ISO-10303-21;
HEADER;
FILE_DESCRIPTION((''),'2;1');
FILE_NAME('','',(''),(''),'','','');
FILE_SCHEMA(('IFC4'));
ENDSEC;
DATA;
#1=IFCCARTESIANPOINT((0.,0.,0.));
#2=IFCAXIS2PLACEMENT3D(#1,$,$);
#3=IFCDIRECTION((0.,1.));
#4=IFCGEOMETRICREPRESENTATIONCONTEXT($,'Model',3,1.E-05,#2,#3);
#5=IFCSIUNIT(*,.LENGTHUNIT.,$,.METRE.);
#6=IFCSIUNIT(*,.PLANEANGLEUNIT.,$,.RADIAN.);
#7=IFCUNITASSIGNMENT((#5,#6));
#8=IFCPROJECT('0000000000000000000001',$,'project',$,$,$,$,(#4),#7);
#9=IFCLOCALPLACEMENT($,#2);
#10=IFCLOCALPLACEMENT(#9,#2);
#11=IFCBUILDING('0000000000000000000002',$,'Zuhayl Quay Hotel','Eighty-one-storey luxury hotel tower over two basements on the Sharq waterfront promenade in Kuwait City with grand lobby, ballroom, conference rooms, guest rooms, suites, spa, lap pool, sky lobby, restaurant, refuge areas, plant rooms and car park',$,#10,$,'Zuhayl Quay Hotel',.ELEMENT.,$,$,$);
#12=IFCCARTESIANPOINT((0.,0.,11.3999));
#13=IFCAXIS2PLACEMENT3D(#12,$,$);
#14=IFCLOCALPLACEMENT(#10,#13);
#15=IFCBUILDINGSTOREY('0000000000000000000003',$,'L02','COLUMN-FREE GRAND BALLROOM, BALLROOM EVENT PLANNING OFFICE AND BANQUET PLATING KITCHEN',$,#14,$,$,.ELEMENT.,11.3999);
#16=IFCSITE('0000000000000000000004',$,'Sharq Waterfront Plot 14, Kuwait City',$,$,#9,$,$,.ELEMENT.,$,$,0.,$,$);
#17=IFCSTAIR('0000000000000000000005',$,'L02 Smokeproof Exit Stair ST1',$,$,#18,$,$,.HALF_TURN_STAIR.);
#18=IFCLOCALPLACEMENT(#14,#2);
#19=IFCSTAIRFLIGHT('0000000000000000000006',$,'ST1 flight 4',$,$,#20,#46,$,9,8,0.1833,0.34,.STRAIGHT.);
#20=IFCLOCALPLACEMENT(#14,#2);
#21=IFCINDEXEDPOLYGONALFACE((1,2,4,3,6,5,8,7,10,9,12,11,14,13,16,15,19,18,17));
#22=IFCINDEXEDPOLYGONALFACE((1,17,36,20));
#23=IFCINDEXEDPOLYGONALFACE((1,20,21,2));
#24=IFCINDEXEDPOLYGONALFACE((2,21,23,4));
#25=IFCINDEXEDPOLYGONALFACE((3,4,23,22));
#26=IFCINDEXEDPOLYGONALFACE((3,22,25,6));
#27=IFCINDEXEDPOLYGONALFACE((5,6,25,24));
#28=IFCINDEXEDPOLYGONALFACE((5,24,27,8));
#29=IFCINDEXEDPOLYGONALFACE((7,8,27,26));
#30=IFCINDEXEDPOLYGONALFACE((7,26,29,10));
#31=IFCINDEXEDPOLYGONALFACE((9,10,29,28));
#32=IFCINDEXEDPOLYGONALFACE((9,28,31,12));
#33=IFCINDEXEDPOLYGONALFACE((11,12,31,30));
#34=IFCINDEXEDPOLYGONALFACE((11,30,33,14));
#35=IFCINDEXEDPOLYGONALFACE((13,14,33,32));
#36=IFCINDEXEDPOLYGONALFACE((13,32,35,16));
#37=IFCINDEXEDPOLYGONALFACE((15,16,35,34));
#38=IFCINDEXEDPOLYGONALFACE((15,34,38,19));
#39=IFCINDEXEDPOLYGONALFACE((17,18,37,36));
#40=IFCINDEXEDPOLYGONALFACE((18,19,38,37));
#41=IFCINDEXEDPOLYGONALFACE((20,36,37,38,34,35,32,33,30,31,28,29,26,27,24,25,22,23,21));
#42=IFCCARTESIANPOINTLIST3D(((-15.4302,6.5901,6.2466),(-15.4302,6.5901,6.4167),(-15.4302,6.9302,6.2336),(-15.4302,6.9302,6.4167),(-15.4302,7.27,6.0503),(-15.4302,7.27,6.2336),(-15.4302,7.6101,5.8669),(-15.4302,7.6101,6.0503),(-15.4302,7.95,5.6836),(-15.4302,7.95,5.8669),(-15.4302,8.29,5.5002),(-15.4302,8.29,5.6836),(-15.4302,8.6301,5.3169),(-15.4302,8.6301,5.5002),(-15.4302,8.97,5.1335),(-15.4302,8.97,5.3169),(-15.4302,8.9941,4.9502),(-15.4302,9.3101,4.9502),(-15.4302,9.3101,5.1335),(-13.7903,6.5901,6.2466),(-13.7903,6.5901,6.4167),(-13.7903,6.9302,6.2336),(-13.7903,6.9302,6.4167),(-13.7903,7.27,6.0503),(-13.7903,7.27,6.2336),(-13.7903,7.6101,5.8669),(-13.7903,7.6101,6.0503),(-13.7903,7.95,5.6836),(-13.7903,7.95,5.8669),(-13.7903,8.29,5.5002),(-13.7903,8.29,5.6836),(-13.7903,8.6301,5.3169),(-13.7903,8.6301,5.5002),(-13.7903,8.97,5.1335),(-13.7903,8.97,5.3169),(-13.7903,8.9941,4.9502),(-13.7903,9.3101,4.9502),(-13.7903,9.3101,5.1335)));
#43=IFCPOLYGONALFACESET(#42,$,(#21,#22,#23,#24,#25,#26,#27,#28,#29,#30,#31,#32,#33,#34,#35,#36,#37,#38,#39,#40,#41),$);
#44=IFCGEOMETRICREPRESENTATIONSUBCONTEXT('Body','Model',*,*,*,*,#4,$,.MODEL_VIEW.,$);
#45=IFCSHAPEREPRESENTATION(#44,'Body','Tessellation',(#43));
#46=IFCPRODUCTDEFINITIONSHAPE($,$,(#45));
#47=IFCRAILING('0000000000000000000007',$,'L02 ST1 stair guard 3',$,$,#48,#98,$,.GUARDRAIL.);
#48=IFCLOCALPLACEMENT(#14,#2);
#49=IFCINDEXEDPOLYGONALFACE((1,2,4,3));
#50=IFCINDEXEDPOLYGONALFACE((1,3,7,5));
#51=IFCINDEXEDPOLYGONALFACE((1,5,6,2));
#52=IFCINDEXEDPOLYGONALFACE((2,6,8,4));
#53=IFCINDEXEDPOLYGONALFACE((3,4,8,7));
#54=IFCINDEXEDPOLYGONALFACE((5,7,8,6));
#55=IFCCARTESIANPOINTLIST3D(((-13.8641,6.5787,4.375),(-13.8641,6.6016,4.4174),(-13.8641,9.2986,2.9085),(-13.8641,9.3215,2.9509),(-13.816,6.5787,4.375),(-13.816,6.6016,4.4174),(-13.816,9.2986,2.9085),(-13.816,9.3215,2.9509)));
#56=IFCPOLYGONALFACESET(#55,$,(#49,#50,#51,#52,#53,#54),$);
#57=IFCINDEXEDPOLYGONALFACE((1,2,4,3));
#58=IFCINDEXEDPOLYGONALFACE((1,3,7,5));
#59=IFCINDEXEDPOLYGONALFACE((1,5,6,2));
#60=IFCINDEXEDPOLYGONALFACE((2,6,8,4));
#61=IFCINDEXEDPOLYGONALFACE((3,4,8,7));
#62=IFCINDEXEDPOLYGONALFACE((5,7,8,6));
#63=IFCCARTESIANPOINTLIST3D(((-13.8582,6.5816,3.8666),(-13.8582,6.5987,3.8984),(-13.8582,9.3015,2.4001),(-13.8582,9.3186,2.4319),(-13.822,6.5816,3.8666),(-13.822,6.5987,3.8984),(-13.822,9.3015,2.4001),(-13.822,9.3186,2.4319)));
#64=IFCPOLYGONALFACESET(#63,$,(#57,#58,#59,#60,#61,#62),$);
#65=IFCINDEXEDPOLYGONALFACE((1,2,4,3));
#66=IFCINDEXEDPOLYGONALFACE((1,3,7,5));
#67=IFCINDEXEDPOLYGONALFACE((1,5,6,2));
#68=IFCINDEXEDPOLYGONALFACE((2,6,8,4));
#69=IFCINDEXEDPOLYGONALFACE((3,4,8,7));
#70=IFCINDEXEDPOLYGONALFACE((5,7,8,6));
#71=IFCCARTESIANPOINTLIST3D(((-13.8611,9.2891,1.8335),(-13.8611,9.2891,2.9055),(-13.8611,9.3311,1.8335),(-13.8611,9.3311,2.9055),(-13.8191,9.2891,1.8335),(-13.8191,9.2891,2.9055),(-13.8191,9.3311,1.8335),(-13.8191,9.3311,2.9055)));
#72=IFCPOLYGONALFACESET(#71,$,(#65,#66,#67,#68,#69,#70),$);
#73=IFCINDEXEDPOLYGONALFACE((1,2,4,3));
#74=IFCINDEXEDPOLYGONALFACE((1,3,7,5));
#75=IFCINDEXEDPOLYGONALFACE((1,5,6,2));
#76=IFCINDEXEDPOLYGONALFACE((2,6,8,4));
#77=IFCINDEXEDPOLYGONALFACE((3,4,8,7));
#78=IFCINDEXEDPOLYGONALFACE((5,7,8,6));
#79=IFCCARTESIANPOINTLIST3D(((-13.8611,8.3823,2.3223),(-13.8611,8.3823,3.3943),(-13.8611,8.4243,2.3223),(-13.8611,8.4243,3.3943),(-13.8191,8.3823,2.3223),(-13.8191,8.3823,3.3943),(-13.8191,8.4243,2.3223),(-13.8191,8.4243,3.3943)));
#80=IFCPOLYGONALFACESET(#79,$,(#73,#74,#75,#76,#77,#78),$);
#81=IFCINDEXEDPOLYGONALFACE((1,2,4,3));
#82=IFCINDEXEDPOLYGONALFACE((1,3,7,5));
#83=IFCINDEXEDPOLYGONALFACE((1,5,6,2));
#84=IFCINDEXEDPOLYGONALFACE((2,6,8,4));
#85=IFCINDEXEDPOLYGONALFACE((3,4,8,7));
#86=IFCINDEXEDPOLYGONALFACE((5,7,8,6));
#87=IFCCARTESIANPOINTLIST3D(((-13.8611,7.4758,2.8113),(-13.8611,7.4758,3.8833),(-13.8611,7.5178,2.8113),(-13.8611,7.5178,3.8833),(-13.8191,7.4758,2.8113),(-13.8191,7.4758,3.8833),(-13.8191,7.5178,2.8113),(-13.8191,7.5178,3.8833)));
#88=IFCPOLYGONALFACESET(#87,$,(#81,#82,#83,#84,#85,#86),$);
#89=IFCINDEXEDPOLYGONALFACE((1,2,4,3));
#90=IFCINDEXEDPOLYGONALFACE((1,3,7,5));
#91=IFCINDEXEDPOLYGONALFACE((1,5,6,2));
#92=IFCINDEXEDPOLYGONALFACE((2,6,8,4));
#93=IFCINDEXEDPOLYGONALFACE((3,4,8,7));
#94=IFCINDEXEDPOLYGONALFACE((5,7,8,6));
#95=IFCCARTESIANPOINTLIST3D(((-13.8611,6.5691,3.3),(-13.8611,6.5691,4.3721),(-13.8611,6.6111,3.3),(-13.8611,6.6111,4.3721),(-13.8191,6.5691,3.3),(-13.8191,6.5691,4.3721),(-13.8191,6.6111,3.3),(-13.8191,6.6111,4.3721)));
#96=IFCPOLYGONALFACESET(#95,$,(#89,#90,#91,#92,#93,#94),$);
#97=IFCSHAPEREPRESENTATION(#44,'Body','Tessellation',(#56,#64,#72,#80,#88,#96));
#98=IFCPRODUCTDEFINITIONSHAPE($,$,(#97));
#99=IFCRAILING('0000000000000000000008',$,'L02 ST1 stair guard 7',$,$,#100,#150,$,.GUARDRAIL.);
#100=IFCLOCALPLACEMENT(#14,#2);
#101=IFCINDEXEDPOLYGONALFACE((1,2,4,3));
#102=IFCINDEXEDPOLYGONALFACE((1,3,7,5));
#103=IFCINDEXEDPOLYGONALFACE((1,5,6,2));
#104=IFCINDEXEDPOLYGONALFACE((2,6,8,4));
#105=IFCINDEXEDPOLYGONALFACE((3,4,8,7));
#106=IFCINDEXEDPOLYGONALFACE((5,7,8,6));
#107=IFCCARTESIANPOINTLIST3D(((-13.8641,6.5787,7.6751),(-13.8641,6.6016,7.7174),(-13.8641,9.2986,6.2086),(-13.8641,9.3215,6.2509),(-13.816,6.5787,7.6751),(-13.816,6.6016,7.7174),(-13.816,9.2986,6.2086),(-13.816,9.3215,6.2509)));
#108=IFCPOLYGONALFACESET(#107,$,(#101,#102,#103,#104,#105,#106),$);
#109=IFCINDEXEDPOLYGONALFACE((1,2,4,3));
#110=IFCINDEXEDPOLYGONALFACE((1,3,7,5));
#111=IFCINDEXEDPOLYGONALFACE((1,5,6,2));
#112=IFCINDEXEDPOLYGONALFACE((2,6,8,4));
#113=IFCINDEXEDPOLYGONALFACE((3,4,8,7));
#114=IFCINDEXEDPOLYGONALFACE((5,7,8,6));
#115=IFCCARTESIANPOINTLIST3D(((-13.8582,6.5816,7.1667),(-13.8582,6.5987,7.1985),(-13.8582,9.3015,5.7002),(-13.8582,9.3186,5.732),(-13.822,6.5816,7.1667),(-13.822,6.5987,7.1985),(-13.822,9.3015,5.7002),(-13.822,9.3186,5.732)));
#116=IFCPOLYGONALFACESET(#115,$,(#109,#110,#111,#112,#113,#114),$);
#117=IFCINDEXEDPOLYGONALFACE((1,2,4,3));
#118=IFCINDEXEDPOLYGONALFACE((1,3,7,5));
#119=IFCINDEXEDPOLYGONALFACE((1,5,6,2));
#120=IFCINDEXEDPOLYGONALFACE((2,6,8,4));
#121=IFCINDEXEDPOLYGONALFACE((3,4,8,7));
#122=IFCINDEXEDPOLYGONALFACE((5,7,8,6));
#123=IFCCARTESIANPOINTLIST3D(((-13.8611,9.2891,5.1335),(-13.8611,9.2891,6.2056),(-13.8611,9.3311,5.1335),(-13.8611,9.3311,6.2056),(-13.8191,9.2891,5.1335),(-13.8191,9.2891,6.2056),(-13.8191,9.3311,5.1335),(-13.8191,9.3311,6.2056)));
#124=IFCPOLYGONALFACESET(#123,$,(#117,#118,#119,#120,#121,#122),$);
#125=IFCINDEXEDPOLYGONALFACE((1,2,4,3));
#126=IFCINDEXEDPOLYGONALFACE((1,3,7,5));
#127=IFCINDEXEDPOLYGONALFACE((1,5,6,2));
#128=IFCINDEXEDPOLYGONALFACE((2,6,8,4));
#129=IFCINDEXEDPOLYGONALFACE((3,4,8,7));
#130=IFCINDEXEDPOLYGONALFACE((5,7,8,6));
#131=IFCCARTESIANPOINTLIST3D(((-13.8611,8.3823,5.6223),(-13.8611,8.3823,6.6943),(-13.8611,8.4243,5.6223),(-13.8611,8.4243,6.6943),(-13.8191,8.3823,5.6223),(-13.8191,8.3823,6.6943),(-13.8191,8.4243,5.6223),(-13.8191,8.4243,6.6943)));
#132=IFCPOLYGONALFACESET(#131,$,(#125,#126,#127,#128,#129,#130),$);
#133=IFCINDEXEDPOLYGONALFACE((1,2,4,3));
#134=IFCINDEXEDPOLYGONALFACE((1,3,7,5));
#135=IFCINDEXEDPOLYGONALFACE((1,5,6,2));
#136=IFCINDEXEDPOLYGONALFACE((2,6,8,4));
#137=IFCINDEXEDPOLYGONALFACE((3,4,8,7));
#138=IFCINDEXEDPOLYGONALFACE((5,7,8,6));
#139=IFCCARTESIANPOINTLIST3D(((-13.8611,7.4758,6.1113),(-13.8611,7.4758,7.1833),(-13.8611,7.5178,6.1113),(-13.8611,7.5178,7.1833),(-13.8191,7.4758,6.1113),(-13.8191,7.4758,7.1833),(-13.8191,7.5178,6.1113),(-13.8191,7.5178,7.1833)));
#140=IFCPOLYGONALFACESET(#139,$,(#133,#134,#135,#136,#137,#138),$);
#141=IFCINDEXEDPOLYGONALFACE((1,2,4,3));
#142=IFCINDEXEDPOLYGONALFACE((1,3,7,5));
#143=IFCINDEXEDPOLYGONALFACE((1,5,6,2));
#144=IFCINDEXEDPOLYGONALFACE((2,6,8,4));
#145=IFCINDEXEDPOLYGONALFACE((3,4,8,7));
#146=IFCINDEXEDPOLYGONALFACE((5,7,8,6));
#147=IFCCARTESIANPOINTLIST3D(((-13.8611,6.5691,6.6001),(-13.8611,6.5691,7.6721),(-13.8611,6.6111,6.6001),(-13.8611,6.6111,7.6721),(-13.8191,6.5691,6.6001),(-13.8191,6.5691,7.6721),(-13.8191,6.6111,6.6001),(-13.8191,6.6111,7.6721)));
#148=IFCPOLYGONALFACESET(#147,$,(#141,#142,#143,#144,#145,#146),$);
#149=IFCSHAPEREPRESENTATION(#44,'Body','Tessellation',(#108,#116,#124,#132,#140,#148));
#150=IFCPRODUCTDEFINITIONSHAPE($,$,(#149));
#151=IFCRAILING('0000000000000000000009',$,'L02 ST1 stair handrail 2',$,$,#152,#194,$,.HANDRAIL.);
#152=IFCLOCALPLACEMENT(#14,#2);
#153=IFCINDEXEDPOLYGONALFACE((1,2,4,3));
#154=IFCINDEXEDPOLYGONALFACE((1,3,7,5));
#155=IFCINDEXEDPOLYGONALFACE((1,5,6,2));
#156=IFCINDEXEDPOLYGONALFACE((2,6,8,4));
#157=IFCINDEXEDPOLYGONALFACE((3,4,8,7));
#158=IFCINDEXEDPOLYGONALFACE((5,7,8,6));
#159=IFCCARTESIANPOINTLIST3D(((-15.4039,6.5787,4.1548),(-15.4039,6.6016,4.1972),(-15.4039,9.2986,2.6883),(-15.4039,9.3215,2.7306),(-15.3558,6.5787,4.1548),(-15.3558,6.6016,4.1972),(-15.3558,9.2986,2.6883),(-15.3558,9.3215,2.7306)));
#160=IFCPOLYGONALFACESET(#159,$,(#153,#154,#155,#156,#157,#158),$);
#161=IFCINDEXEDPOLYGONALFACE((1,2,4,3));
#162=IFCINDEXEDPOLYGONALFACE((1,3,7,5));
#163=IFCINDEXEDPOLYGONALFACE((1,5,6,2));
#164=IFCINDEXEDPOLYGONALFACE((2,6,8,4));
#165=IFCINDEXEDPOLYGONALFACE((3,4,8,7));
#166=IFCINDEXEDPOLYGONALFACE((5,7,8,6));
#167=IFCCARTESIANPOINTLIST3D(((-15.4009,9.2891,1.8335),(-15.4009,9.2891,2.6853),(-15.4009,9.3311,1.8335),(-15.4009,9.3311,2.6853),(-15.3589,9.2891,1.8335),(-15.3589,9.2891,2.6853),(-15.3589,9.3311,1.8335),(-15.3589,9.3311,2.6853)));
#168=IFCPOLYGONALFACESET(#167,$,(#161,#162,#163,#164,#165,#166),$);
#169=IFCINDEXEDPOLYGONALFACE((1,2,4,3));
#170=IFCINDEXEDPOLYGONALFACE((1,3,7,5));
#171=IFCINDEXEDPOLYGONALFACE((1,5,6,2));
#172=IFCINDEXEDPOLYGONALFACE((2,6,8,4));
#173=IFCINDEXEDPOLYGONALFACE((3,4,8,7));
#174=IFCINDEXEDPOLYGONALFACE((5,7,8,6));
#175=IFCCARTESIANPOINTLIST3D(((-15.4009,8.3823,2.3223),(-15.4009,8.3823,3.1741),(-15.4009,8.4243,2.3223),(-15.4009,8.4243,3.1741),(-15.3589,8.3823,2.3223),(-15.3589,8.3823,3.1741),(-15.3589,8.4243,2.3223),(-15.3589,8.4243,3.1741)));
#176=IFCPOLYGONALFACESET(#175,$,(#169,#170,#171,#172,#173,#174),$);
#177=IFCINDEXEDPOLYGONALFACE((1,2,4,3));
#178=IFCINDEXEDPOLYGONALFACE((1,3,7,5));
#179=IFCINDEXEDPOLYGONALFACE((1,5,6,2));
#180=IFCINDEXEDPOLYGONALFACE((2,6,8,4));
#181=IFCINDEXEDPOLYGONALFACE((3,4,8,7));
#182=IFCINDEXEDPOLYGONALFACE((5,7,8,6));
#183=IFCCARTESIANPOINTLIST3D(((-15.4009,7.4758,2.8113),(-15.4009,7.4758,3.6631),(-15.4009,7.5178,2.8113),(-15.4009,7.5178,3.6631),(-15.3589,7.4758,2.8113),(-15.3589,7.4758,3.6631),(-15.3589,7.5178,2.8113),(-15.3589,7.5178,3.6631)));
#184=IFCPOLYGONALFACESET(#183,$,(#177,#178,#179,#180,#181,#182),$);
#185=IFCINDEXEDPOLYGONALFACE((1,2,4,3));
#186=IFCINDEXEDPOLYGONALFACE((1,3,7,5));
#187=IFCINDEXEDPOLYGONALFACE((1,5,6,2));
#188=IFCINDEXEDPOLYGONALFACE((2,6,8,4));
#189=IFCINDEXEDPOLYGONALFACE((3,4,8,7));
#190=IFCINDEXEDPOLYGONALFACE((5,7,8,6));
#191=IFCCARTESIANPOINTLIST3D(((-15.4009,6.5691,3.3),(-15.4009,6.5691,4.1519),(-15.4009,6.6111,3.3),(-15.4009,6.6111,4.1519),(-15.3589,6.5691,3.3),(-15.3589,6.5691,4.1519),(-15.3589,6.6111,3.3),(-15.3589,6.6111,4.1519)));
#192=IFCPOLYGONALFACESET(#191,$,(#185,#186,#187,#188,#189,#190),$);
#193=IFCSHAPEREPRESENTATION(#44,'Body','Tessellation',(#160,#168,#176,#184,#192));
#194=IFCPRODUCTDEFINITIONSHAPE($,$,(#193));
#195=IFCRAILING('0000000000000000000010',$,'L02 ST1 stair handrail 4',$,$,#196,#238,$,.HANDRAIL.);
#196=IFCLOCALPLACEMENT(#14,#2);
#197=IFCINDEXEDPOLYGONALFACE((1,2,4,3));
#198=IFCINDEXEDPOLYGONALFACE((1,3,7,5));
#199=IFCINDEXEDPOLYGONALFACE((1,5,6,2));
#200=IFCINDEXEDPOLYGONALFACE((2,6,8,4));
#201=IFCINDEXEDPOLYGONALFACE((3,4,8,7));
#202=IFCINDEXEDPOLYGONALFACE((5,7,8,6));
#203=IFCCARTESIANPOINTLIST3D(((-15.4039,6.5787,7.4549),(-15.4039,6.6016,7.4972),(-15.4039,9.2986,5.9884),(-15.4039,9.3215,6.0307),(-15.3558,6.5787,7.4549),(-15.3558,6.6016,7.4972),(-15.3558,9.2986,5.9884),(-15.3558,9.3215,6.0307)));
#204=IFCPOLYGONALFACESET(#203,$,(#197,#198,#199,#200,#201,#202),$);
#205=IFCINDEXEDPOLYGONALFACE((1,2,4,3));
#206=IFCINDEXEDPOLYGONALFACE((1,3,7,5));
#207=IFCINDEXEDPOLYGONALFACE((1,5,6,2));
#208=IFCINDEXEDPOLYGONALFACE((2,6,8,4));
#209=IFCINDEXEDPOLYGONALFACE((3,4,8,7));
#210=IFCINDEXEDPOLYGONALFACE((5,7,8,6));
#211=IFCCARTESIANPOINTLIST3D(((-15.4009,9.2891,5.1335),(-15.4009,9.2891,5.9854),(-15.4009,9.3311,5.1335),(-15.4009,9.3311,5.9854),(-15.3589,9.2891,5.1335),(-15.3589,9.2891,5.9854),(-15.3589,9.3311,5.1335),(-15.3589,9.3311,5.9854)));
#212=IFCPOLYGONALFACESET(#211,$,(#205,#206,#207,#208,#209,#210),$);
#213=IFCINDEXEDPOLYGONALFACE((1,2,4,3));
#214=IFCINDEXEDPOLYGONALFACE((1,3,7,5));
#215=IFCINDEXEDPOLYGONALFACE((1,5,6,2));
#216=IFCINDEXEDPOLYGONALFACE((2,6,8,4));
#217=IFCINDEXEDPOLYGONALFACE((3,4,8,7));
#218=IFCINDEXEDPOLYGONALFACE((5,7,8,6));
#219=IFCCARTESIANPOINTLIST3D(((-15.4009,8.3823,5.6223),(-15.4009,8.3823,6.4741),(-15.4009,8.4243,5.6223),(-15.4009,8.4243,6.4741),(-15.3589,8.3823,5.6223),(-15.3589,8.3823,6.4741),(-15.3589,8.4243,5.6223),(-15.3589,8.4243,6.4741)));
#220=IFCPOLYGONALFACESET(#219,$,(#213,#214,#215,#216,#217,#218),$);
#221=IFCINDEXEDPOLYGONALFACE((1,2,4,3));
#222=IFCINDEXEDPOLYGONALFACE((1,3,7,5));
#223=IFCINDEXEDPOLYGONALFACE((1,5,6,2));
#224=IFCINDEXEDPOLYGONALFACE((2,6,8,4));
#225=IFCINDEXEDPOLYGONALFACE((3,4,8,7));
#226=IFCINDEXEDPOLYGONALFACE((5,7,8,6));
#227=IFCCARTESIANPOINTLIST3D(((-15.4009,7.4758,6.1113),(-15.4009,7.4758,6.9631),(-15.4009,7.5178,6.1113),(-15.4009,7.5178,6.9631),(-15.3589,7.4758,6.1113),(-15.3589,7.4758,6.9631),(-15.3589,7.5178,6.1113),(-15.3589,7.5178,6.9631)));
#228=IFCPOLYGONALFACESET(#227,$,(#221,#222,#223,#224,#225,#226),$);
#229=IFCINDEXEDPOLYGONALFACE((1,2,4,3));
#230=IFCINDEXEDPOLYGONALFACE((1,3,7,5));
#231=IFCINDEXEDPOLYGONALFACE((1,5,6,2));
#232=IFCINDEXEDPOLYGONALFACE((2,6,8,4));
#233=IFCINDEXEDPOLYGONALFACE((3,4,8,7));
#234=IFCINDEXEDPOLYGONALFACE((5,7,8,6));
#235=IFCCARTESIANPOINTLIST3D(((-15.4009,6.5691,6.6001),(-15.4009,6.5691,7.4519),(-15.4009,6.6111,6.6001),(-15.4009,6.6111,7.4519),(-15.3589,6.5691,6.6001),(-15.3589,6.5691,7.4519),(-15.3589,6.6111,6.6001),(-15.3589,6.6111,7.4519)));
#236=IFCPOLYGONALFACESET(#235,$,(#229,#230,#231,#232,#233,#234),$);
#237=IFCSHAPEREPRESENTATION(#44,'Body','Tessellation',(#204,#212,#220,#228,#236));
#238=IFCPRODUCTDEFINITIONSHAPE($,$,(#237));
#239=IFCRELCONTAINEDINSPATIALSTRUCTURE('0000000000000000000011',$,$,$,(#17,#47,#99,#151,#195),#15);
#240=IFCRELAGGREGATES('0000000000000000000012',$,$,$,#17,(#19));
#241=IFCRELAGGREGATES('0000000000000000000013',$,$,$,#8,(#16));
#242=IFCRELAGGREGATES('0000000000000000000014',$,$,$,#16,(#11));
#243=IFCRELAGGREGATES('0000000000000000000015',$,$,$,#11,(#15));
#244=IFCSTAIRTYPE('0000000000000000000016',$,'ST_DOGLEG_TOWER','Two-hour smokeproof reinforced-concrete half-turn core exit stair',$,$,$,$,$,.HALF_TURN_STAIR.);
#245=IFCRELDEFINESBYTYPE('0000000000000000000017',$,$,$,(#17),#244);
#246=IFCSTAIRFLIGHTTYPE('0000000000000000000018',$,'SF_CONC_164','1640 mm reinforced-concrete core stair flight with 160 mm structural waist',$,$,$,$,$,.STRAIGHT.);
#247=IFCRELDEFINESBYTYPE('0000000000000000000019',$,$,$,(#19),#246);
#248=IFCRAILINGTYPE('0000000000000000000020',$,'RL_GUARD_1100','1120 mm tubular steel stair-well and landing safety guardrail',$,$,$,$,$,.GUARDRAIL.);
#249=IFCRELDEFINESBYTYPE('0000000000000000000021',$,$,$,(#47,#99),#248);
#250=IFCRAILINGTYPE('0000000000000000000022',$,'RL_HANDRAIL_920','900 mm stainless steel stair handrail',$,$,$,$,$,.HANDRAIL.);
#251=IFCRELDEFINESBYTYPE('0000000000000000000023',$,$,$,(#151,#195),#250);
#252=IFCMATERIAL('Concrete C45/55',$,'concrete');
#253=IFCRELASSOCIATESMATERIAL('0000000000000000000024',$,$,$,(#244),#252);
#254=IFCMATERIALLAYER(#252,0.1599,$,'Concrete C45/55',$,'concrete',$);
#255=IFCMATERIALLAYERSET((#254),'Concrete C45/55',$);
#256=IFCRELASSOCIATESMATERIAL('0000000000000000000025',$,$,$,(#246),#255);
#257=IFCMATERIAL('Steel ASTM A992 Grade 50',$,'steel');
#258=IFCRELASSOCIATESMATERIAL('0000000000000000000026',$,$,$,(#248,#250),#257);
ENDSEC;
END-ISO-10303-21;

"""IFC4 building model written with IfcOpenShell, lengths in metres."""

from ifc_helpers import new_model, si_unit, direction, frame, origin, origin_2d, place, context, subcontext, project, spatial, polyline, rectangle, outline, extrude, material, layer, layer_set, type_object, element, aggregate, save


model = new_model("IFC4")

# Units and contexts
model_context = context("Model", 3, precision=1e-05, world=origin(), true_north=direction((0.0, 1.0)))
body_context = subcontext(model_context, "Body", "Model", "MODEL_VIEW")
ifc_project = project(units=[si_unit("LENGTHUNIT", "METRE"), si_unit("PLANEANGLEUNIT", "RADIAN")], contexts=[model_context])

# Site, building, storey
site_placement = place(None, origin())
site = spatial("IfcSite", under=ifc_project, at=site_placement, Name="Sharq Waterfront Plot 14, Kuwait City", CompositionType="ELEMENT", RefElevation=0.0)
building_placement = place(site_placement, origin())
building = spatial("IfcBuilding", under=site, at=building_placement, Name="Zuhayl Quay Hotel", Description="Eighty-one-storey luxury hotel tower over two basements on the Sharq waterfront promenade in Kuwait City with grand lobby, ballroom, conference rooms, guest rooms, suites, spa, lap pool, sky lobby, restaurant, refuge areas, plant rooms and car park", LongName="Zuhayl Quay Hotel", CompositionType="ELEMENT")
storey_placement = place(building_placement, frame((0.0, 0.0, 11.3999)))
storey = spatial("IfcBuildingStorey", under=building, at=storey_placement, Name="L02", Description="COLUMN-FREE GRAND BALLROOM, BALLROOM EVENT PLANNING OFFICE AND BANQUET PLATING KITCHEN", CompositionType="ELEMENT", Elevation=11.3999)

# Shared definitions
ifc_material_1 = material(Name="Steel ASTM A992 Grade 50", Category="steel")

# Stair, stair flight
ifc_material_2 = material(Name="Concrete C45/55", Category="concrete")
stair_type = type_object("IfcStairType", Name="ST_DOGLEG_TOWER", Description="Two-hour smokeproof reinforced-concrete half-turn core exit stair", PredefinedType="HALF_TURN_STAIR", material=ifc_material_2)
stair_placement = place(storey_placement, origin())
stair = element("IfcStair", 1, at=stair_placement, inside=storey, type_object=stair_type, Name="L02 Smokeproof Exit Stair ST1", PredefinedType="HALF_TURN_STAIR")
ifc_layer_1 = layer(ifc_material_2, 0.1599, Name="Concrete C45/55", Category="concrete")
ifc_layer_set_1 = layer_set([ifc_layer_1], Name="Concrete C45/55")
stair_flight_type = type_object("IfcStairFlightType", Name="SF_CONC_164", Description="1640 mm reinforced-concrete core stair flight with 160 mm structural waist", PredefinedType="STRAIGHT", material=ifc_layer_set_1)
stair_flight_1_placement = place(storey_placement, frame((-14.6101, 9.3101, 4.9502), z_axis=(0.0, 0.0, 1.0), x_axis=(0.0, -1.0, 0.0)))
stair_flight_1 = element("IfcStairFlight", 2, at=stair_flight_1_placement, type_object=stair_flight_type, Name="ST1 flight 4", NumberOfRisers=9, NumberOfTreads=8, PredefinedType="STRAIGHT", RiserHeight=0.1833, TreadLength=0.34, context=body_context, shape_type="SweptSolid", body=[
    extrude(outline(polyline([(0.0, 0.0), (0.0, 0.1833), (0.3401, 0.1833), (0.3401, 0.3667), (0.6799, 0.3667), (0.6799, 0.55), (1.02, 0.55), (1.02, 0.7334), (1.3601, 0.7334), (1.3601, 0.9167), (1.7, 0.9167), (1.7, 1.1001), (2.04, 1.1001), (2.04, 1.2834), (2.3799, 1.2834), (2.3799, 1.4666), (2.72, 1.4666), (2.72, 1.6499), (2.72, 1.2964), (0.3159, 0.0), (0.0, 0.0)])), frame((0.0, 0.8198, 0.0), z_axis=(0.0, -1.0, 0.0), x_axis=(1.0, 0.0, 0.0)), (0.0, 0.0, 1.0), 1.6399),
])
aggregate(stair, [stair_flight_1])

# Railings
railing_type_1 = type_object("IfcRailingType", Name="RL_GUARD_1100", Description="1120 mm tubular steel stair-well and landing safety guardrail", PredefinedType="GUARDRAIL", material=ifc_material_1)
for number, where, name in (
    (3, (-13.8401, 9.3101, 1.8335), "L02 ST1 stair guard 3"),
    (4, (-13.8401, 9.3101, 5.1335), "L02 ST1 stair guard 7"),
):
    element("IfcRailing", number, at=place(storey_placement, frame(where)), inside=storey, type_object=railing_type_1, Name=name, PredefinedType="GUARDRAIL", context=body_context, shape_type="SweptSolid", body=[
        extrude(rectangle(XDim=0.0481, YDim=0.0481, at=origin_2d()), frame((0.0, 0.0, 1.0962), z_axis=(0.0, -0.880207, 0.47459), x_axis=(1.0, 0.0, 0.0)), (0.0, 0.0, 1.0), 3.0901),
        extrude(rectangle(XDim=0.0361, YDim=0.0361, at=origin_2d()), frame((0.0, 0.0, 0.5825), z_axis=(0.0, -0.880207, 0.47459), x_axis=(1.0, 0.0, 0.0)), (0.0, 0.0, 1.0), 3.0901),
        extrude(rectangle(XDim=0.042, YDim=0.042, at=origin_2d()), origin(), (0.0, 0.0, 1.0), 1.072),
        extrude(rectangle(XDim=0.042, YDim=0.042, at=origin_2d()), frame((0.0, -0.9067, 0.4888)), (0.0, 0.0, 1.0), 1.072),
        extrude(rectangle(XDim=0.042, YDim=0.042, at=origin_2d()), frame((0.0, -1.8132, 0.9778)), (0.0, 0.0, 1.0), 1.072),
        extrude(rectangle(XDim=0.042, YDim=0.042, at=origin_2d()), frame((0.0, -2.72, 1.4666)), (0.0, 0.0, 1.0), 1.072),
    ])
railing_type_2 = type_object("IfcRailingType", Name="RL_HANDRAIL_920", Description="900 mm stainless steel stair handrail", PredefinedType="HANDRAIL", material=ifc_material_1)
for number, where, name in (
    (5, (-15.3799, 9.3101, 1.8335), "L02 ST1 stair handrail 2"),
    (6, (-15.3799, 9.3101, 5.1335), "L02 ST1 stair handrail 4"),
):
    element("IfcRailing", number, at=place(storey_placement, frame(where)), inside=storey, type_object=railing_type_2, Name=name, PredefinedType="HANDRAIL", context=body_context, shape_type="SweptSolid", body=[
        extrude(rectangle(XDim=0.0481, YDim=0.0481, at=origin_2d()), frame((0.0, 0.0, 0.876), z_axis=(0.0, -0.880207, 0.47459), x_axis=(1.0, 0.0, 0.0)), (0.0, 0.0, 1.0), 3.0901),
        extrude(rectangle(XDim=0.042, YDim=0.042, at=origin_2d()), origin(), (0.0, 0.0, 1.0), 0.8518),
        extrude(rectangle(XDim=0.042, YDim=0.042, at=origin_2d()), frame((0.0, -0.9067, 0.4888)), (0.0, 0.0, 1.0), 0.8518),
        extrude(rectangle(XDim=0.042, YDim=0.042, at=origin_2d()), frame((0.0, -1.8132, 0.9778)), (0.0, 0.0, 1.0), 0.8518),
        extrude(rectangle(XDim=0.042, YDim=0.042, at=origin_2d()), frame((0.0, -2.72, 1.4666)), (0.0, 0.0, 1.0), 0.8518),
    ])

save(model, "model.ifc")
